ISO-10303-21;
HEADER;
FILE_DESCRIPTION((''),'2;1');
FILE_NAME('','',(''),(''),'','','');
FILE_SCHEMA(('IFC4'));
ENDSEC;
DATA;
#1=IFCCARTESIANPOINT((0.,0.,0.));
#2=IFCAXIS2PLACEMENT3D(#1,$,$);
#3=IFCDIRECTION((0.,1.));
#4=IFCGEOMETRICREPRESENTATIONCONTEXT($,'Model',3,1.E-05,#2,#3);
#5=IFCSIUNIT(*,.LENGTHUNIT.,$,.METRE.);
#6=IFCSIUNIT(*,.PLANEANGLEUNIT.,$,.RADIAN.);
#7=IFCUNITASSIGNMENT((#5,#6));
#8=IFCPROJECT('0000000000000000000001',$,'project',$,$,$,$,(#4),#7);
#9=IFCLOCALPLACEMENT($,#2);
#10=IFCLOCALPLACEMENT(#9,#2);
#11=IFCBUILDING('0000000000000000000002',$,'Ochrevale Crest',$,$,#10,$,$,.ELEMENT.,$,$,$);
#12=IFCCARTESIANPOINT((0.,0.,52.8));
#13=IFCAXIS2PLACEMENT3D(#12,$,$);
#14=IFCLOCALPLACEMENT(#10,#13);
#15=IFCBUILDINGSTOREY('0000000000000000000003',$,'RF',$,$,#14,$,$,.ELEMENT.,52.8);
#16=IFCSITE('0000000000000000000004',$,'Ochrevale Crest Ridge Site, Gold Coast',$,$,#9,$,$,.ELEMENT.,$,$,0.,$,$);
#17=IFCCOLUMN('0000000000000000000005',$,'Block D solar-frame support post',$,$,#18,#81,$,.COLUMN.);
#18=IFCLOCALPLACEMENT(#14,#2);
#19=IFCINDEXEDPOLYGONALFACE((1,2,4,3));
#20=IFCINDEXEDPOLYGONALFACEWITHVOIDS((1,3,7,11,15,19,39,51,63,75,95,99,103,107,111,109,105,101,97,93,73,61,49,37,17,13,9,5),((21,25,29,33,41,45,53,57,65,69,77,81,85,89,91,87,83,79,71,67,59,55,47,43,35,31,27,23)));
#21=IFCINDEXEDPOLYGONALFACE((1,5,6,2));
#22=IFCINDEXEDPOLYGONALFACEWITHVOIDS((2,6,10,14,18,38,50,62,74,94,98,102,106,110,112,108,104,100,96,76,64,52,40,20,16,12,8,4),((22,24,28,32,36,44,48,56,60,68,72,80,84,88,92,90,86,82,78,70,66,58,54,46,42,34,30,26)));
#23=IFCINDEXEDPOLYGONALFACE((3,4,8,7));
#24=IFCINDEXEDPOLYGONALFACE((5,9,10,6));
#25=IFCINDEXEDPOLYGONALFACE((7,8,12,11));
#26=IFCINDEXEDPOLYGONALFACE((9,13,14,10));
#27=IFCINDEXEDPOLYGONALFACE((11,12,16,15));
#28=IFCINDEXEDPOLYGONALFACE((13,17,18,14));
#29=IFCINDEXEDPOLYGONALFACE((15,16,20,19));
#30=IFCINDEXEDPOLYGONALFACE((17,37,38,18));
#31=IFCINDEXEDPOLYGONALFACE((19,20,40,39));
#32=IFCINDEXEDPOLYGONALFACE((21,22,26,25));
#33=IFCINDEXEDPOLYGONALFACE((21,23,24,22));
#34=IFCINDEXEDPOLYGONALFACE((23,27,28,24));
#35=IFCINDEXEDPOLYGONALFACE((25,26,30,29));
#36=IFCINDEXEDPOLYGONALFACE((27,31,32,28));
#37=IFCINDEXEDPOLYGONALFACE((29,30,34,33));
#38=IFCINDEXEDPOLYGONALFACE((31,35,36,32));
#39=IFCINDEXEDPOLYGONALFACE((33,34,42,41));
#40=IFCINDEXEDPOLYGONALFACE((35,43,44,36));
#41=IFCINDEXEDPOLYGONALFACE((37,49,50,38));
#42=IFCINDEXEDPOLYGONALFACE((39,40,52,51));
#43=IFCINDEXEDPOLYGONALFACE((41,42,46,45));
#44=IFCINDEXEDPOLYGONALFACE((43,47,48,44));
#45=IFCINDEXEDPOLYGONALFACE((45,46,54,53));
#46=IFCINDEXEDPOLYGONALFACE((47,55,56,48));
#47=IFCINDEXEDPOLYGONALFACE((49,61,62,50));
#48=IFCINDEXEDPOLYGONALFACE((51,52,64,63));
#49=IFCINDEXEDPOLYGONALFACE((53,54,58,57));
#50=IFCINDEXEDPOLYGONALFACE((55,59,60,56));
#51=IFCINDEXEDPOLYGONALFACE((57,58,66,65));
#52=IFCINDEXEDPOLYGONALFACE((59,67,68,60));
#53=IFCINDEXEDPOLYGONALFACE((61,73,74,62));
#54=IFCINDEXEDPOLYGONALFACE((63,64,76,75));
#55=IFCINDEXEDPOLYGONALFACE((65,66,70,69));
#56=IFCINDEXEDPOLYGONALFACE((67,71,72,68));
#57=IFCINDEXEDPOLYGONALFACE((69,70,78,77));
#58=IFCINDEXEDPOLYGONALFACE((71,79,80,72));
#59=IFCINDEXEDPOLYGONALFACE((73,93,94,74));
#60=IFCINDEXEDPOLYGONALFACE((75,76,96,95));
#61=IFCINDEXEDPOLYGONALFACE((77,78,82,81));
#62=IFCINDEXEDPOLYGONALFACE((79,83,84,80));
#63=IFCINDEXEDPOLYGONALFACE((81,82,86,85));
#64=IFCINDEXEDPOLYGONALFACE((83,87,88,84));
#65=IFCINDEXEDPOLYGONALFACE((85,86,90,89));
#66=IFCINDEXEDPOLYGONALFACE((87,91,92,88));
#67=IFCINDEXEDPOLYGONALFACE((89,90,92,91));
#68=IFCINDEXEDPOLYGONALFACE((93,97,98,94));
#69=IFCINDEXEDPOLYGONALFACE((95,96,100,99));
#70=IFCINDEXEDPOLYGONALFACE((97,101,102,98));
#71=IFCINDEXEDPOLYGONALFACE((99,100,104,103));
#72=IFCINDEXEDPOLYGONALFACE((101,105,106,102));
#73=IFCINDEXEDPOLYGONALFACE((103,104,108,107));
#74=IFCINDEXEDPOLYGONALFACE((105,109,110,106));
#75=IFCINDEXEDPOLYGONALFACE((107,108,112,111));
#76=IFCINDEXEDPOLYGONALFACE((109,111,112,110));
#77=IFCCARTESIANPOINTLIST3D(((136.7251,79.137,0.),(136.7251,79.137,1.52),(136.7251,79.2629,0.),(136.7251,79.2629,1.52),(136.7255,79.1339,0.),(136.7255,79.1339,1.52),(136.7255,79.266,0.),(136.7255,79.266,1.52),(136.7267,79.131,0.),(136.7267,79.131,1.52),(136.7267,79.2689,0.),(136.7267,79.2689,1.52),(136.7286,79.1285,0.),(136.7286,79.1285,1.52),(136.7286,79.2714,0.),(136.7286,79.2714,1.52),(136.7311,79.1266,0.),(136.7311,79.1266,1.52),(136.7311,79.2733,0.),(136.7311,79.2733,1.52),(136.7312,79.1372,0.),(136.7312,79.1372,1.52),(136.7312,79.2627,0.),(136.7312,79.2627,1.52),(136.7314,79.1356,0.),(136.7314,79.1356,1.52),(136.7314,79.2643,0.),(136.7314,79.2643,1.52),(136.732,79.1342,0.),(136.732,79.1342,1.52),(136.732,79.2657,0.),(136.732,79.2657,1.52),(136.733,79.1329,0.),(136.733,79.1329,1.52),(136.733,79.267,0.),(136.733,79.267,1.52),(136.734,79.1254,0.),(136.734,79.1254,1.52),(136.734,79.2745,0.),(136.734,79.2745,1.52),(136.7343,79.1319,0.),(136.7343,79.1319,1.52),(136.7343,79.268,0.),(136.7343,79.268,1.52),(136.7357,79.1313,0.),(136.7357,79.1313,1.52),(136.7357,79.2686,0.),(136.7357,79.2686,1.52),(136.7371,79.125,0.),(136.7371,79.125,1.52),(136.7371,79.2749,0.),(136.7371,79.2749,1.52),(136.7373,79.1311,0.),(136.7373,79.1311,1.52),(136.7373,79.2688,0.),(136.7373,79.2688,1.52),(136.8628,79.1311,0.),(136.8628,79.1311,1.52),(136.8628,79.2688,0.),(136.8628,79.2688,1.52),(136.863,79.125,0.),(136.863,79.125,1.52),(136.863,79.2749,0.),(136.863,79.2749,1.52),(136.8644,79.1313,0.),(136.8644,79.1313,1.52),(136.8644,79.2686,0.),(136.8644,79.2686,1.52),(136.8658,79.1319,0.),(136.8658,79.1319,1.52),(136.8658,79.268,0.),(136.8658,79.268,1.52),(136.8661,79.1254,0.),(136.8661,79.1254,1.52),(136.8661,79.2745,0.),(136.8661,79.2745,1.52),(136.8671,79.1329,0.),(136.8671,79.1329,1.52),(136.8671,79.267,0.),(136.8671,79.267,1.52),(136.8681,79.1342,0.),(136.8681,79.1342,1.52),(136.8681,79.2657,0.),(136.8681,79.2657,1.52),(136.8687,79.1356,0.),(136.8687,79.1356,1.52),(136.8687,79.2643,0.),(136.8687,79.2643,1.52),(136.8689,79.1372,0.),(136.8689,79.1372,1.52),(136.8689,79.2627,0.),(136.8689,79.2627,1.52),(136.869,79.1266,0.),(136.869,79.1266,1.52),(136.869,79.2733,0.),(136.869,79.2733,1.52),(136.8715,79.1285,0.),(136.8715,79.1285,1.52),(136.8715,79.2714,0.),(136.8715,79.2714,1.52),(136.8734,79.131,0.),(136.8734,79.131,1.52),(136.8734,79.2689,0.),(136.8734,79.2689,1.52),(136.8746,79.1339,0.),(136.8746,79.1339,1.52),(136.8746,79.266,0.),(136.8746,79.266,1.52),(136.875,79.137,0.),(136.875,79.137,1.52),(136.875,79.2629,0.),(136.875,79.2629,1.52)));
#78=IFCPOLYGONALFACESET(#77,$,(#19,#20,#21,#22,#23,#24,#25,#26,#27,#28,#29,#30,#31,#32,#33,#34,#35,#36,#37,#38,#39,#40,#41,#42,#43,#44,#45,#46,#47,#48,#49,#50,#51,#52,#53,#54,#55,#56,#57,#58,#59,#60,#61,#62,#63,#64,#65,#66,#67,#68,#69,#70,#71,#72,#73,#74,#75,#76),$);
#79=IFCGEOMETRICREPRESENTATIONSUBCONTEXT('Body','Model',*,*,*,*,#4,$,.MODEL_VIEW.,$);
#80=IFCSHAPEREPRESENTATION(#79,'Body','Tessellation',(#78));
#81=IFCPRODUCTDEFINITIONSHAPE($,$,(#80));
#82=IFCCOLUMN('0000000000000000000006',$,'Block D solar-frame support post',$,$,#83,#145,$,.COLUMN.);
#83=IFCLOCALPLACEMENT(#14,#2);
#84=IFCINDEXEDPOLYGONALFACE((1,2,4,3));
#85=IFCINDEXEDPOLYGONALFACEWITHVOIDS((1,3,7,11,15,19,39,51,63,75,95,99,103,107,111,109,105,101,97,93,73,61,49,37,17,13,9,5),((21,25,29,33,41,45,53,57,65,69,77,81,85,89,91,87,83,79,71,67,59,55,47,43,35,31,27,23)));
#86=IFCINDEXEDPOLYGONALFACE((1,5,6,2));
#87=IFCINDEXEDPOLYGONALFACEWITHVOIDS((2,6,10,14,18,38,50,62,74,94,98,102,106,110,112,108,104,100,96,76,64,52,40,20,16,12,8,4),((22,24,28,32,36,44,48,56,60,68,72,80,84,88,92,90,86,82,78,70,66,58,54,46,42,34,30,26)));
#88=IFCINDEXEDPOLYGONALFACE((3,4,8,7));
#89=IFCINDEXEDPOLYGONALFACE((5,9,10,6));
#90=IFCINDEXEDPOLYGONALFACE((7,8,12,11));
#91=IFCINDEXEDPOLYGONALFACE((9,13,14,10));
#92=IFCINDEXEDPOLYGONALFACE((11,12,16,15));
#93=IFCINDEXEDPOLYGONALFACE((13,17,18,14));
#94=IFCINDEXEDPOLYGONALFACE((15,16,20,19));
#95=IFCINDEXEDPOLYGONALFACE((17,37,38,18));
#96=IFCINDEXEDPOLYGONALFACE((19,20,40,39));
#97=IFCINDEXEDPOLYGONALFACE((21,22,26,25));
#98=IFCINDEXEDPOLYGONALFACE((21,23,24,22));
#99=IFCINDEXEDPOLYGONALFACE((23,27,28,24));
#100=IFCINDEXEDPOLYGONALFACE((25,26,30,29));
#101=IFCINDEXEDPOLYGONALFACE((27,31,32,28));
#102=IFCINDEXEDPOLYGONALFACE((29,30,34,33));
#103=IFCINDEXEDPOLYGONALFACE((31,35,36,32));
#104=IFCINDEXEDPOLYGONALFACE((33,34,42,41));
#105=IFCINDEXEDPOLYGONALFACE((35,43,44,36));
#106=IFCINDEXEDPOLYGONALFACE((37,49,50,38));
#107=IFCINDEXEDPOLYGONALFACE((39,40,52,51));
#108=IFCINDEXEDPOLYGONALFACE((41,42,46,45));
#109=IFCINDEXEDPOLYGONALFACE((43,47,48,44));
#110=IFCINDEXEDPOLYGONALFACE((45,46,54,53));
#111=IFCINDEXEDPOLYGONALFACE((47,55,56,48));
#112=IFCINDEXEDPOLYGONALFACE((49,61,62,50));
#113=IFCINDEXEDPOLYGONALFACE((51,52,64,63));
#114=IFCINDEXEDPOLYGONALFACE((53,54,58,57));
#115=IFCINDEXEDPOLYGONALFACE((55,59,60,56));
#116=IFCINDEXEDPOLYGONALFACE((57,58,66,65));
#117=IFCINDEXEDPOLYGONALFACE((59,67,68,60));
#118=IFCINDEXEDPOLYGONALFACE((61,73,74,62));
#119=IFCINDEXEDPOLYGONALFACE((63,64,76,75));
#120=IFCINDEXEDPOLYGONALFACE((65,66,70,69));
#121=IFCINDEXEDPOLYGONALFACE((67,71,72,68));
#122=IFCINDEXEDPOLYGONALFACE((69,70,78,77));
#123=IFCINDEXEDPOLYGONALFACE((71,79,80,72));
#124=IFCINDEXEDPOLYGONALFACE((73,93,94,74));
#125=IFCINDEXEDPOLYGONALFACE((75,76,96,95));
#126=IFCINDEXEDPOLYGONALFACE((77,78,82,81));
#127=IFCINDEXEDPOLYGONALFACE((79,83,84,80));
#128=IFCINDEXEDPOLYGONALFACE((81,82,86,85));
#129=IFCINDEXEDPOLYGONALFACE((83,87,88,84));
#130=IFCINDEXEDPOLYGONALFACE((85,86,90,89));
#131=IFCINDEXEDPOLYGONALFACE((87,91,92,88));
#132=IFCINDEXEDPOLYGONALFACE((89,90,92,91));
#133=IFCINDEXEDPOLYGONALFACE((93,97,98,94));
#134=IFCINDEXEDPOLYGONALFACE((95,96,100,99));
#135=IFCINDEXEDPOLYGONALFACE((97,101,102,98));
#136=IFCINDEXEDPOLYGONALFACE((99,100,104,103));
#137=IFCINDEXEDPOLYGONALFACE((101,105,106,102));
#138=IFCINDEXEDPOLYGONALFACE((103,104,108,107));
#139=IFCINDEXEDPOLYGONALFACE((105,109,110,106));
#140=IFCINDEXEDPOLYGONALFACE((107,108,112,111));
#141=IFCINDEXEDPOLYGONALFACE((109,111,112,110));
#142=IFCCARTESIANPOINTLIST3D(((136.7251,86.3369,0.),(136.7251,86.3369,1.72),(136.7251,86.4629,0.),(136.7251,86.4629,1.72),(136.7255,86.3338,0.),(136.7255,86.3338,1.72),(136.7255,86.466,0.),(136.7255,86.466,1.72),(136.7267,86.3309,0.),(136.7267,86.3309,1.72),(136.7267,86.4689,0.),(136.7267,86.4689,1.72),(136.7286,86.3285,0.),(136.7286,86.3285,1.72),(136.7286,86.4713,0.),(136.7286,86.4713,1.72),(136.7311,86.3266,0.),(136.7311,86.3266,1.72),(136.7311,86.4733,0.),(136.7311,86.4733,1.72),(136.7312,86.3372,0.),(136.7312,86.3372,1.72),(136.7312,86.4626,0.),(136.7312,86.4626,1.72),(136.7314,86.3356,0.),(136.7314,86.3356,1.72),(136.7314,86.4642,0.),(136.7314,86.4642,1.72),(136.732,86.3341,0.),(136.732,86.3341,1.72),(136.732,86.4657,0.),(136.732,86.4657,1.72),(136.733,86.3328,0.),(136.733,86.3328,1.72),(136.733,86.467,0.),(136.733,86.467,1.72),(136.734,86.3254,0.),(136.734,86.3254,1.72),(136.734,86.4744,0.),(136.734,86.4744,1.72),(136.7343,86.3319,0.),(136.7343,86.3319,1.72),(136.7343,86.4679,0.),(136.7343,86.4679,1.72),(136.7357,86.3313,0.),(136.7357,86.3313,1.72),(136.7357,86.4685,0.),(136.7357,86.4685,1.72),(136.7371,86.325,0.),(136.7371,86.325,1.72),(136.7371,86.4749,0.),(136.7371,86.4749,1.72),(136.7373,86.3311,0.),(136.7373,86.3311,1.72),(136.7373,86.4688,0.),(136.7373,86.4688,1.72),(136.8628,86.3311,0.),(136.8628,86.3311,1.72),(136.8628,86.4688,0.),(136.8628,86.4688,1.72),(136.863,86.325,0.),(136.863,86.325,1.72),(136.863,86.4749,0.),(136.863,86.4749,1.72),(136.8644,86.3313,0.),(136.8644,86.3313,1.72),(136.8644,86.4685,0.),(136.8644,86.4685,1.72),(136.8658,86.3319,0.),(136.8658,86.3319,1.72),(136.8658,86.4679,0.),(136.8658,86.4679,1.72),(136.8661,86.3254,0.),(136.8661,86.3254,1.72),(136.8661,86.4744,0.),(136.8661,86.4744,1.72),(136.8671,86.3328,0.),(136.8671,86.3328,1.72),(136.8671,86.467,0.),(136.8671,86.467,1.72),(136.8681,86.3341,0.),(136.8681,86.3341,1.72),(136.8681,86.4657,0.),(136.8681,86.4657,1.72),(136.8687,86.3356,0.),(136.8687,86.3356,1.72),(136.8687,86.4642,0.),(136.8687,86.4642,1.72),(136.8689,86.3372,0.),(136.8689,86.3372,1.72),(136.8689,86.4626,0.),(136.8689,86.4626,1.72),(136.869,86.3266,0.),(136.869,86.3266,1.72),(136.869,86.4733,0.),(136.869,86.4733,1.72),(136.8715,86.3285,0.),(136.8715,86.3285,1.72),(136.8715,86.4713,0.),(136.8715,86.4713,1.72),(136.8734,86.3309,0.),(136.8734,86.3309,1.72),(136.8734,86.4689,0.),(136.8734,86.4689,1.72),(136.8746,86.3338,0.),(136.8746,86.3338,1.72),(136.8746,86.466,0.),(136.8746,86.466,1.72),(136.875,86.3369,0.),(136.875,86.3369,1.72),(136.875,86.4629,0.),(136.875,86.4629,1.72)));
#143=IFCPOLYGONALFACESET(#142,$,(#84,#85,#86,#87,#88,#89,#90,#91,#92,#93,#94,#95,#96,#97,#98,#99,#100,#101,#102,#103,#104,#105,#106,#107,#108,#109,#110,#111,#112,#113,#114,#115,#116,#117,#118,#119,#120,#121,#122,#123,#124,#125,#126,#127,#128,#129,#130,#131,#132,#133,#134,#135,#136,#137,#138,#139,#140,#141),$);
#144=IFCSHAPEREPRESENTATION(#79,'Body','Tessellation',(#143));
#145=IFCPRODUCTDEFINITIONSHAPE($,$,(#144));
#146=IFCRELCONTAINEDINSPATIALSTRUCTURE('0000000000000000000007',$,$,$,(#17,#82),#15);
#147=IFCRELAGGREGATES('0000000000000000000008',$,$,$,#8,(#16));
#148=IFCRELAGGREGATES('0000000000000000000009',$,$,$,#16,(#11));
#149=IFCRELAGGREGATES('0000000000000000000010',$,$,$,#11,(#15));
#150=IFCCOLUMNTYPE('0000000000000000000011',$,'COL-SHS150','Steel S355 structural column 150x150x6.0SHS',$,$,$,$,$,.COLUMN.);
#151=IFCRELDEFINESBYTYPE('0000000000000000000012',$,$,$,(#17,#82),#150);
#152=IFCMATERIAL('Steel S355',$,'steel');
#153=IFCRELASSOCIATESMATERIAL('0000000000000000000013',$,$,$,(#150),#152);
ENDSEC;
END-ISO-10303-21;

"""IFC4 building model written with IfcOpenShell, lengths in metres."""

from ifc_helpers import new_model, si_unit, direction, frame, origin, origin_2d, place, context, subcontext, project, spatial, hollow_rectangle, extrude, material, material_profile, profile_set, type_object, element, save


model = new_model("IFC4")

# Units and contexts
model_context = context("Model", 3, precision=1e-05, world=origin(), true_north=direction((0.0, 1.0)))
body_context = subcontext(model_context, "Body", "Model", "MODEL_VIEW")
ifc_project = project(units=[si_unit("LENGTHUNIT", "METRE"), si_unit("PLANEANGLEUNIT", "RADIAN")], contexts=[model_context])

# Site, building, storey
site_placement = place(None, origin())
site = spatial("IfcSite", under=ifc_project, at=site_placement, Name="Ochrevale Crest Ridge Site, Gold Coast", CompositionType="ELEMENT", RefElevation=0.0)
building_placement = place(site_placement, origin())
building = spatial("IfcBuilding", under=site, at=building_placement, Name="Ochrevale Crest", CompositionType="ELEMENT")
storey_placement = place(building_placement, frame((0.0, 0.0, 52.8)))
storey = spatial("IfcBuildingStorey", under=building, at=storey_placement, Name="RF", CompositionType="ELEMENT", Elevation=52.8)

# Columns
ifc_material_1 = material(Name="Steel S355", Category="steel")
ifc_material_profile_1 = material_profile(ifc_material_1, hollow_rectangle(XDim=0.1499, YDim=0.1499, WallThickness=0.0061, InnerFilletRadius=0.0061, OuterFilletRadius=0.012, at=origin_2d()), Name="150x150x6.0SHS")
ifc_profile_set_1 = profile_set([ifc_material_profile_1], Name="Steel S355")
column_type = type_object("IfcColumnType", Name="COL-SHS150", Description="Steel S355 structural column 150x150x6.0SHS", PredefinedType="COLUMN", material=ifc_profile_set_1)
column_1_placement = place(storey_placement, frame((136.8, 79.2, 0.0), z_axis=(0.0, 0.0, 1.0), x_axis=(1.0, 0.0, 0.0)))
element("IfcColumn", 1, at=column_1_placement, inside=storey, type_object=column_type, Name="Block D solar-frame support post", PredefinedType="COLUMN", context=body_context, shape_type="SweptSolid", body=[
    extrude(hollow_rectangle(XDim=0.1499, YDim=0.1499, WallThickness=0.0061, InnerFilletRadius=0.0061, OuterFilletRadius=0.012, at=origin_2d()), origin(), (0.0, 0.0, 1.0), 1.52),
])
column_2_placement = place(storey_placement, frame((136.8, 86.3999, 0.0), z_axis=(0.0, 0.0, 1.0), x_axis=(1.0, 0.0, 0.0)))
element("IfcColumn", 2, at=column_2_placement, inside=storey, type_object=column_type, Name="Block D solar-frame support post", PredefinedType="COLUMN", context=body_context, shape_type="SweptSolid", body=[
    extrude(hollow_rectangle(XDim=0.1499, YDim=0.1499, WallThickness=0.0061, InnerFilletRadius=0.0061, OuterFilletRadius=0.012, at=origin_2d()), origin(), (0.0, 0.0, 1.0), 1.72),
])

save(model, "model.ifc")
